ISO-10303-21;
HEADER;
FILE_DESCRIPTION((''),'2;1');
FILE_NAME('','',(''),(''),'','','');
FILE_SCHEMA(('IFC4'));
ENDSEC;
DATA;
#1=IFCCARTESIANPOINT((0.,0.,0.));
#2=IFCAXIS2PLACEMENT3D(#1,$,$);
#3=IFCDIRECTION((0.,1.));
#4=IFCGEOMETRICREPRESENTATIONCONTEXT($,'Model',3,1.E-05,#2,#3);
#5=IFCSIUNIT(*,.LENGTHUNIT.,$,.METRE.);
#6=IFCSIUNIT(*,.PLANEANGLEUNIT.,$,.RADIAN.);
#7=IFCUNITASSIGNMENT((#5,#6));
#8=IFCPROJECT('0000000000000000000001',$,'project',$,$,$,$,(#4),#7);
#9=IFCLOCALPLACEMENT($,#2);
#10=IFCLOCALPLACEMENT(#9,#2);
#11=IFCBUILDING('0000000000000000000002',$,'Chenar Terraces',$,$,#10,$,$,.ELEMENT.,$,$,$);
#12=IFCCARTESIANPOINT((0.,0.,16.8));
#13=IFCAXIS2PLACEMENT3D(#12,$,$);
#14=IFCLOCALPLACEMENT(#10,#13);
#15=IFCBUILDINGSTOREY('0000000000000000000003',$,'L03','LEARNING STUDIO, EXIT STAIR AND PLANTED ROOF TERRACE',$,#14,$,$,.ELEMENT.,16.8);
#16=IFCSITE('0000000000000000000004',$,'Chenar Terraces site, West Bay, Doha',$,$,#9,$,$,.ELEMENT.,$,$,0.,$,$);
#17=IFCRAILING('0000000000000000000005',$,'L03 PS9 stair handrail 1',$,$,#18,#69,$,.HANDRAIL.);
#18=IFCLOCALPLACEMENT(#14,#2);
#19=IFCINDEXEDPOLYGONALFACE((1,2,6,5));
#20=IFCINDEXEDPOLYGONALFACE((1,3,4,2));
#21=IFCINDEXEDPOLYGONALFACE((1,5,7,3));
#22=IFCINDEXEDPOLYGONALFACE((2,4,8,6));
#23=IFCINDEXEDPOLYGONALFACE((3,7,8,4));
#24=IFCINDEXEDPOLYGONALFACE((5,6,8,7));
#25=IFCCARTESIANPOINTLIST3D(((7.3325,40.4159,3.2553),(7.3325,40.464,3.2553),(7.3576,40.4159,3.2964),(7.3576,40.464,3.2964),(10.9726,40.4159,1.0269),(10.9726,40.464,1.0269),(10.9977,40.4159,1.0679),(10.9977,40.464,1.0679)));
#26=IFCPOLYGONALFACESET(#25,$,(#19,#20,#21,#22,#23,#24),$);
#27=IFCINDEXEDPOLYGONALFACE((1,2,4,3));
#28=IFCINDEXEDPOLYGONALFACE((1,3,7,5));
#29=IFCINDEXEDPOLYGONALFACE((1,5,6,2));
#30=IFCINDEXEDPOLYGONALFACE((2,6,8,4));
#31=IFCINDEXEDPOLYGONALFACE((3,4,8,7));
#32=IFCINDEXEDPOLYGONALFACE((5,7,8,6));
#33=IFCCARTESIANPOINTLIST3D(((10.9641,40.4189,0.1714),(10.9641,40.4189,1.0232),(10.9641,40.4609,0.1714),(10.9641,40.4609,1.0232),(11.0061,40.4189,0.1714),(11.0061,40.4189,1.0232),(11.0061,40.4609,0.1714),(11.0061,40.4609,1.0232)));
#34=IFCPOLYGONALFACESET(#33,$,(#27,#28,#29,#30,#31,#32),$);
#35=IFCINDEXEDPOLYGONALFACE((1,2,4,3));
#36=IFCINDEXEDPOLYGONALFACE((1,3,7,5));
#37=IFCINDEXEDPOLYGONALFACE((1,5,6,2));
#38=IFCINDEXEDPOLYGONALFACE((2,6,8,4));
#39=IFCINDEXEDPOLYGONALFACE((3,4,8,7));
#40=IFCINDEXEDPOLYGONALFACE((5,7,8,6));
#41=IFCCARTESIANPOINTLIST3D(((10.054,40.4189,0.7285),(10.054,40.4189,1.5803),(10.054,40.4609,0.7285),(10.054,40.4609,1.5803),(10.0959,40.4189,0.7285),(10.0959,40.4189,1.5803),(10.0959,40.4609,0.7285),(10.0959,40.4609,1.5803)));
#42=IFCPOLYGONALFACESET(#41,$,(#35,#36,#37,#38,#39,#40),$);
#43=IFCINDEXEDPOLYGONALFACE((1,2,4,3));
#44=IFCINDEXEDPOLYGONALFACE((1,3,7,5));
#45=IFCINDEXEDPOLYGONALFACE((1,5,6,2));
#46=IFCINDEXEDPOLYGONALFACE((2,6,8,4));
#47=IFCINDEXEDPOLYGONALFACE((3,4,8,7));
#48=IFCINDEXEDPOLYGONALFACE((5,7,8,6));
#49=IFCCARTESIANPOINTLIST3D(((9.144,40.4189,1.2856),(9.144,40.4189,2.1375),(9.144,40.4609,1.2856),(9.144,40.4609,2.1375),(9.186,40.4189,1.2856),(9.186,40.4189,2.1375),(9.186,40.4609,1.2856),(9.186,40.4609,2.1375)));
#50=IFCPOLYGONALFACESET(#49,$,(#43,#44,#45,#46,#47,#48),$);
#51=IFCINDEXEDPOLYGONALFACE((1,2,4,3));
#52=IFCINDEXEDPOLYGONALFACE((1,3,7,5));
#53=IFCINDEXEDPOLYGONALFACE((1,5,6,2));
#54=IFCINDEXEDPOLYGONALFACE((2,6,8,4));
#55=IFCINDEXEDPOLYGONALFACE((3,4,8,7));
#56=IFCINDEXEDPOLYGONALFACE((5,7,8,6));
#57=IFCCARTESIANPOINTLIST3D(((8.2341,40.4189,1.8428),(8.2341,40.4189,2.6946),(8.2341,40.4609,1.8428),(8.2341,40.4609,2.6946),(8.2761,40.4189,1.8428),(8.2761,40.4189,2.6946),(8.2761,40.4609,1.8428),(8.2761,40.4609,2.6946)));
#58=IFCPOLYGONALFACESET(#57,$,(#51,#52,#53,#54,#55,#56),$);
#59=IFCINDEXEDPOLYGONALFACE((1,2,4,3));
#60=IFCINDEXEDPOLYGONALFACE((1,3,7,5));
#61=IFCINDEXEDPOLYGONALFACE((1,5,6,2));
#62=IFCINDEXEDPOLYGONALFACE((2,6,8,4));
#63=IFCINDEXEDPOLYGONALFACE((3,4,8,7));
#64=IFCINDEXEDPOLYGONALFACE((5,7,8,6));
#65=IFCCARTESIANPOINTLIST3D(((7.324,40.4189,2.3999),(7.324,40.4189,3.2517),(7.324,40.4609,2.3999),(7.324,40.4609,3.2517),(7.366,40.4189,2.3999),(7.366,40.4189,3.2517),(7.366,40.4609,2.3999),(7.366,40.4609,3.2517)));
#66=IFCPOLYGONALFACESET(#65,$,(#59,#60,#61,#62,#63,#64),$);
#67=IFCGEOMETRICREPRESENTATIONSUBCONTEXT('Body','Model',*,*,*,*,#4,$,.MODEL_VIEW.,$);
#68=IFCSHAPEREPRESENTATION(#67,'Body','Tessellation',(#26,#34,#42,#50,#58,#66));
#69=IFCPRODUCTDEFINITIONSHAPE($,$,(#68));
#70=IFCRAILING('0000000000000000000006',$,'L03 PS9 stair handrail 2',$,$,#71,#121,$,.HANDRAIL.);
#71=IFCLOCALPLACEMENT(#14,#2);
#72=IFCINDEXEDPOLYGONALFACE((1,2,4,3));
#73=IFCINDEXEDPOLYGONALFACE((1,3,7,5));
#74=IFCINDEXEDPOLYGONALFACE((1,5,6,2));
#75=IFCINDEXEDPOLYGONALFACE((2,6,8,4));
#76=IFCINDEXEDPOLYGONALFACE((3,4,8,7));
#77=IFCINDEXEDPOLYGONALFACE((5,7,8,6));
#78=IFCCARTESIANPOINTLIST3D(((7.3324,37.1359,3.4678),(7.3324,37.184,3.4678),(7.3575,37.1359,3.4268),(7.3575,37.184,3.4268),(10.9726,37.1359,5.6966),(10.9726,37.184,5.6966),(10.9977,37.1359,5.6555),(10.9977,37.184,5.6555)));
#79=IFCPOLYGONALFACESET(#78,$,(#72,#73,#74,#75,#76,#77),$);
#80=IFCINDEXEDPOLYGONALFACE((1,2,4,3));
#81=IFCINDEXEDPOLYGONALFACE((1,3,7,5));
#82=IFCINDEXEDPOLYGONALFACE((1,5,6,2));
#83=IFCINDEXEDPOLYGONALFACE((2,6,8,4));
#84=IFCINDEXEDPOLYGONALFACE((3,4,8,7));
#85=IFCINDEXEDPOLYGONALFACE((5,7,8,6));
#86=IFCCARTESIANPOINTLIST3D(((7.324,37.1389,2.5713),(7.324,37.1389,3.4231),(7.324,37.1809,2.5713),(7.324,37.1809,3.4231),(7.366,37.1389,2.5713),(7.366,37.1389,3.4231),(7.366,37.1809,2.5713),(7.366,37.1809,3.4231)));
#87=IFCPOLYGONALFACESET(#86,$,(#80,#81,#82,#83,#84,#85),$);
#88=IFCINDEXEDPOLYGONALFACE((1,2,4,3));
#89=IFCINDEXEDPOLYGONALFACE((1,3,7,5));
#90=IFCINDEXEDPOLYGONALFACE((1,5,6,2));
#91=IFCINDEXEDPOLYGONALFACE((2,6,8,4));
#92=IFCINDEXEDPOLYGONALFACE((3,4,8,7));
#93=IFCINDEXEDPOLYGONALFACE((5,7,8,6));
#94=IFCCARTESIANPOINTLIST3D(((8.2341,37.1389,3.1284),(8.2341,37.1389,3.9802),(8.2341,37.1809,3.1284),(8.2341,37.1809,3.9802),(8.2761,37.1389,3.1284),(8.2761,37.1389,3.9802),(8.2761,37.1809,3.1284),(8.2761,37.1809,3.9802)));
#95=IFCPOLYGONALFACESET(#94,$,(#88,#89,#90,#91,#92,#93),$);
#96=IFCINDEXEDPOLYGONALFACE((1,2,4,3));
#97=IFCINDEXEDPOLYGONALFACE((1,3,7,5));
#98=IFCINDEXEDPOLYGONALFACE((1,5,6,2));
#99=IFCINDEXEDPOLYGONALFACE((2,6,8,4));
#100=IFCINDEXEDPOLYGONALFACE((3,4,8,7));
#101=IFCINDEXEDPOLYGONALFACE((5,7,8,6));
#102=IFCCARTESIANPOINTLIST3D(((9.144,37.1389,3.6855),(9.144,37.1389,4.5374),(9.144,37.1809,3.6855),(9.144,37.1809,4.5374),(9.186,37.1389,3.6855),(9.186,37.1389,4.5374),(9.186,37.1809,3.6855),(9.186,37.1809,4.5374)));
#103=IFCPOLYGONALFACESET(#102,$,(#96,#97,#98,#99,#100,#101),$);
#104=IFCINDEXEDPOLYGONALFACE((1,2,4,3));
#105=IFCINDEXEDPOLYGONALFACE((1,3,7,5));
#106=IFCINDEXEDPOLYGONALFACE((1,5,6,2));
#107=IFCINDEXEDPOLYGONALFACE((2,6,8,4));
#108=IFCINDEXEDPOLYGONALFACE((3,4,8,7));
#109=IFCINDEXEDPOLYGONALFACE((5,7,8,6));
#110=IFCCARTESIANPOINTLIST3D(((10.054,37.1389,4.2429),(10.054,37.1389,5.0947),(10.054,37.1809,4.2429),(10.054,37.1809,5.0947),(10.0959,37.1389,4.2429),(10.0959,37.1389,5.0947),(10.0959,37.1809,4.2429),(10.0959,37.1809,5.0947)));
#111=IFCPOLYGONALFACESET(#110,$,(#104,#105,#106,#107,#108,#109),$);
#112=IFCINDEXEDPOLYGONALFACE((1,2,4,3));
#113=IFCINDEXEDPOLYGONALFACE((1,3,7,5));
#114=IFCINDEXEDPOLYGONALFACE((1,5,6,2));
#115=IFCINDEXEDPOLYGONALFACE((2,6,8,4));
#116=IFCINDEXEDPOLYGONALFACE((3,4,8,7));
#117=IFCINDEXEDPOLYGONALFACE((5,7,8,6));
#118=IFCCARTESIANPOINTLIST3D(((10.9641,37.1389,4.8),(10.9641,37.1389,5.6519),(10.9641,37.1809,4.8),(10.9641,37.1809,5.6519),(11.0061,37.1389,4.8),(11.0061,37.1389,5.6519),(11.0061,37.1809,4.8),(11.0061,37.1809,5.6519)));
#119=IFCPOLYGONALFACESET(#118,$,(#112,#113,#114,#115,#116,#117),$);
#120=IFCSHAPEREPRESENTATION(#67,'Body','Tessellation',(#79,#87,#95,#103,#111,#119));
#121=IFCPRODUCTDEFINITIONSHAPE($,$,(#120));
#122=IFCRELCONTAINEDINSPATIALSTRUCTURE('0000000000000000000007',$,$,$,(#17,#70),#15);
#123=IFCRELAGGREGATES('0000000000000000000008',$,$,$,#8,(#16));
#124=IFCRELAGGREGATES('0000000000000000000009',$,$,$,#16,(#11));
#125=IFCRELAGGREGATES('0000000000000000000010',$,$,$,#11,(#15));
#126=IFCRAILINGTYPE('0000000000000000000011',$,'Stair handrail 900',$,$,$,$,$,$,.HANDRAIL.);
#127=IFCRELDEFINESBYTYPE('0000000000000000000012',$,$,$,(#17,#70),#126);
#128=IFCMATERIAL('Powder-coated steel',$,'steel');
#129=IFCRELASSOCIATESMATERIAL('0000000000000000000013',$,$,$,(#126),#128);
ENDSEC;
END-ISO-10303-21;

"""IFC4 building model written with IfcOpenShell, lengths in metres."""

from ifc_helpers import new_model, si_unit, direction, frame, origin, origin_2d, place, context, subcontext, project, spatial, rectangle, extrude, material, type_object, element, save


model = new_model("IFC4")

# Units and contexts
model_context = context("Model", 3, precision=1e-05, world=origin(), true_north=direction((0.0, 1.0)))
body_context = subcontext(model_context, "Body", "Model", "MODEL_VIEW")
ifc_project = project(units=[si_unit("LENGTHUNIT", "METRE"), si_unit("PLANEANGLEUNIT", "RADIAN")], contexts=[model_context])

# Site, building, storey
site_placement = place(None, origin())
site = spatial("IfcSite", under=ifc_project, at=site_placement, Name="Chenar Terraces site, West Bay, Doha", CompositionType="ELEMENT", RefElevation=0.0)
building_placement = place(site_placement, origin())
building = spatial("IfcBuilding", under=site, at=building_placement, Name="Chenar Terraces", CompositionType="ELEMENT")
storey_placement = place(building_placement, frame((0.0, 0.0, 16.8)))
storey = spatial("IfcBuildingStorey", under=building, at=storey_placement, Name="L03", Description="LEARNING STUDIO, EXIT STAIR AND PLANTED ROOF TERRACE", CompositionType="ELEMENT", Elevation=16.8)

# Railings
ifc_material_1 = material(Name="Powder-coated steel", Category="steel")
railing_type_1 = type_object("IfcRailingType", Name="Stair handrail 900", PredefinedType="HANDRAIL", material=ifc_material_1)
railing_1_placement = place(storey_placement, frame((10.9851, 40.4399, 0.1714)))
element("IfcRailing", 1, at=railing_1_placement, inside=storey, type_object=railing_type_1, Name="L03 PS9 stair handrail 1", PredefinedType="HANDRAIL", context=body_context, shape_type="SweptSolid", body=[
    extrude(rectangle(XDim=0.0481, YDim=0.0481, at=origin_2d()), frame((0.0, 0.0, 0.876), z_axis=(-0.852866, 0.0, 0.52213), x_axis=(0.0, -1.0, 0.0)), (0.0, 0.0, 1.0), 4.2681),
    extrude(rectangle(XDim=0.042, YDim=0.042, at=origin_2d()), origin(), (0.0, 0.0, 1.0), 0.8518),
    extrude(rectangle(XDim=0.042, YDim=0.042, at=origin_2d()), frame((-0.9102, 0.0, 0.5571)), (0.0, 0.0, 1.0), 0.8518),
    extrude(rectangle(XDim=0.042, YDim=0.042, at=origin_2d()), frame((-1.8201, 0.0, 1.1143)), (0.0, 0.0, 1.0), 0.8518),
    extrude(rectangle(XDim=0.042, YDim=0.042, at=origin_2d()), frame((-2.73, 0.0, 1.6714)), (0.0, 0.0, 1.0), 0.8518),
    extrude(rectangle(XDim=0.042, YDim=0.042, at=origin_2d()), frame((-3.6401, 0.0, 2.2285)), (0.0, 0.0, 1.0), 0.8518),
])
railing_2_placement = place(storey_placement, frame((7.345, 37.1599, 2.5713)))
element("IfcRailing", 2, at=railing_2_placement, inside=storey, type_object=railing_type_1, Name="L03 PS9 stair handrail 2", PredefinedType="HANDRAIL", context=body_context, shape_type="SweptSolid", body=[
    extrude(rectangle(XDim=0.0481, YDim=0.0481, at=origin_2d()), frame((0.0, 0.0, 0.876), z_axis=(0.85284, 0.0, 0.522172), x_axis=(0.0, 1.0, 0.0)), (0.0, 0.0, 1.0), 4.2683),
    extrude(rectangle(XDim=0.042, YDim=0.042, at=origin_2d()), origin(), (0.0, 0.0, 1.0), 0.8518),
    extrude(rectangle(XDim=0.042, YDim=0.042, at=origin_2d()), frame((0.9102, 0.0, 0.5571)), (0.0, 0.0, 1.0), 0.8518),
    extrude(rectangle(XDim=0.042, YDim=0.042, at=origin_2d()), frame((1.8201, 0.0, 1.1143)), (0.0, 0.0, 1.0), 0.8518),
    extrude(rectangle(XDim=0.042, YDim=0.042, at=origin_2d()), frame((2.73, 0.0, 1.6716)), (0.0, 0.0, 1.0), 0.8518),
    extrude(rectangle(XDim=0.042, YDim=0.042, at=origin_2d()), frame((3.6401, 0.0, 2.2288)), (0.0, 0.0, 1.0), 0.8518),
])

save(model, "model.ifc")
